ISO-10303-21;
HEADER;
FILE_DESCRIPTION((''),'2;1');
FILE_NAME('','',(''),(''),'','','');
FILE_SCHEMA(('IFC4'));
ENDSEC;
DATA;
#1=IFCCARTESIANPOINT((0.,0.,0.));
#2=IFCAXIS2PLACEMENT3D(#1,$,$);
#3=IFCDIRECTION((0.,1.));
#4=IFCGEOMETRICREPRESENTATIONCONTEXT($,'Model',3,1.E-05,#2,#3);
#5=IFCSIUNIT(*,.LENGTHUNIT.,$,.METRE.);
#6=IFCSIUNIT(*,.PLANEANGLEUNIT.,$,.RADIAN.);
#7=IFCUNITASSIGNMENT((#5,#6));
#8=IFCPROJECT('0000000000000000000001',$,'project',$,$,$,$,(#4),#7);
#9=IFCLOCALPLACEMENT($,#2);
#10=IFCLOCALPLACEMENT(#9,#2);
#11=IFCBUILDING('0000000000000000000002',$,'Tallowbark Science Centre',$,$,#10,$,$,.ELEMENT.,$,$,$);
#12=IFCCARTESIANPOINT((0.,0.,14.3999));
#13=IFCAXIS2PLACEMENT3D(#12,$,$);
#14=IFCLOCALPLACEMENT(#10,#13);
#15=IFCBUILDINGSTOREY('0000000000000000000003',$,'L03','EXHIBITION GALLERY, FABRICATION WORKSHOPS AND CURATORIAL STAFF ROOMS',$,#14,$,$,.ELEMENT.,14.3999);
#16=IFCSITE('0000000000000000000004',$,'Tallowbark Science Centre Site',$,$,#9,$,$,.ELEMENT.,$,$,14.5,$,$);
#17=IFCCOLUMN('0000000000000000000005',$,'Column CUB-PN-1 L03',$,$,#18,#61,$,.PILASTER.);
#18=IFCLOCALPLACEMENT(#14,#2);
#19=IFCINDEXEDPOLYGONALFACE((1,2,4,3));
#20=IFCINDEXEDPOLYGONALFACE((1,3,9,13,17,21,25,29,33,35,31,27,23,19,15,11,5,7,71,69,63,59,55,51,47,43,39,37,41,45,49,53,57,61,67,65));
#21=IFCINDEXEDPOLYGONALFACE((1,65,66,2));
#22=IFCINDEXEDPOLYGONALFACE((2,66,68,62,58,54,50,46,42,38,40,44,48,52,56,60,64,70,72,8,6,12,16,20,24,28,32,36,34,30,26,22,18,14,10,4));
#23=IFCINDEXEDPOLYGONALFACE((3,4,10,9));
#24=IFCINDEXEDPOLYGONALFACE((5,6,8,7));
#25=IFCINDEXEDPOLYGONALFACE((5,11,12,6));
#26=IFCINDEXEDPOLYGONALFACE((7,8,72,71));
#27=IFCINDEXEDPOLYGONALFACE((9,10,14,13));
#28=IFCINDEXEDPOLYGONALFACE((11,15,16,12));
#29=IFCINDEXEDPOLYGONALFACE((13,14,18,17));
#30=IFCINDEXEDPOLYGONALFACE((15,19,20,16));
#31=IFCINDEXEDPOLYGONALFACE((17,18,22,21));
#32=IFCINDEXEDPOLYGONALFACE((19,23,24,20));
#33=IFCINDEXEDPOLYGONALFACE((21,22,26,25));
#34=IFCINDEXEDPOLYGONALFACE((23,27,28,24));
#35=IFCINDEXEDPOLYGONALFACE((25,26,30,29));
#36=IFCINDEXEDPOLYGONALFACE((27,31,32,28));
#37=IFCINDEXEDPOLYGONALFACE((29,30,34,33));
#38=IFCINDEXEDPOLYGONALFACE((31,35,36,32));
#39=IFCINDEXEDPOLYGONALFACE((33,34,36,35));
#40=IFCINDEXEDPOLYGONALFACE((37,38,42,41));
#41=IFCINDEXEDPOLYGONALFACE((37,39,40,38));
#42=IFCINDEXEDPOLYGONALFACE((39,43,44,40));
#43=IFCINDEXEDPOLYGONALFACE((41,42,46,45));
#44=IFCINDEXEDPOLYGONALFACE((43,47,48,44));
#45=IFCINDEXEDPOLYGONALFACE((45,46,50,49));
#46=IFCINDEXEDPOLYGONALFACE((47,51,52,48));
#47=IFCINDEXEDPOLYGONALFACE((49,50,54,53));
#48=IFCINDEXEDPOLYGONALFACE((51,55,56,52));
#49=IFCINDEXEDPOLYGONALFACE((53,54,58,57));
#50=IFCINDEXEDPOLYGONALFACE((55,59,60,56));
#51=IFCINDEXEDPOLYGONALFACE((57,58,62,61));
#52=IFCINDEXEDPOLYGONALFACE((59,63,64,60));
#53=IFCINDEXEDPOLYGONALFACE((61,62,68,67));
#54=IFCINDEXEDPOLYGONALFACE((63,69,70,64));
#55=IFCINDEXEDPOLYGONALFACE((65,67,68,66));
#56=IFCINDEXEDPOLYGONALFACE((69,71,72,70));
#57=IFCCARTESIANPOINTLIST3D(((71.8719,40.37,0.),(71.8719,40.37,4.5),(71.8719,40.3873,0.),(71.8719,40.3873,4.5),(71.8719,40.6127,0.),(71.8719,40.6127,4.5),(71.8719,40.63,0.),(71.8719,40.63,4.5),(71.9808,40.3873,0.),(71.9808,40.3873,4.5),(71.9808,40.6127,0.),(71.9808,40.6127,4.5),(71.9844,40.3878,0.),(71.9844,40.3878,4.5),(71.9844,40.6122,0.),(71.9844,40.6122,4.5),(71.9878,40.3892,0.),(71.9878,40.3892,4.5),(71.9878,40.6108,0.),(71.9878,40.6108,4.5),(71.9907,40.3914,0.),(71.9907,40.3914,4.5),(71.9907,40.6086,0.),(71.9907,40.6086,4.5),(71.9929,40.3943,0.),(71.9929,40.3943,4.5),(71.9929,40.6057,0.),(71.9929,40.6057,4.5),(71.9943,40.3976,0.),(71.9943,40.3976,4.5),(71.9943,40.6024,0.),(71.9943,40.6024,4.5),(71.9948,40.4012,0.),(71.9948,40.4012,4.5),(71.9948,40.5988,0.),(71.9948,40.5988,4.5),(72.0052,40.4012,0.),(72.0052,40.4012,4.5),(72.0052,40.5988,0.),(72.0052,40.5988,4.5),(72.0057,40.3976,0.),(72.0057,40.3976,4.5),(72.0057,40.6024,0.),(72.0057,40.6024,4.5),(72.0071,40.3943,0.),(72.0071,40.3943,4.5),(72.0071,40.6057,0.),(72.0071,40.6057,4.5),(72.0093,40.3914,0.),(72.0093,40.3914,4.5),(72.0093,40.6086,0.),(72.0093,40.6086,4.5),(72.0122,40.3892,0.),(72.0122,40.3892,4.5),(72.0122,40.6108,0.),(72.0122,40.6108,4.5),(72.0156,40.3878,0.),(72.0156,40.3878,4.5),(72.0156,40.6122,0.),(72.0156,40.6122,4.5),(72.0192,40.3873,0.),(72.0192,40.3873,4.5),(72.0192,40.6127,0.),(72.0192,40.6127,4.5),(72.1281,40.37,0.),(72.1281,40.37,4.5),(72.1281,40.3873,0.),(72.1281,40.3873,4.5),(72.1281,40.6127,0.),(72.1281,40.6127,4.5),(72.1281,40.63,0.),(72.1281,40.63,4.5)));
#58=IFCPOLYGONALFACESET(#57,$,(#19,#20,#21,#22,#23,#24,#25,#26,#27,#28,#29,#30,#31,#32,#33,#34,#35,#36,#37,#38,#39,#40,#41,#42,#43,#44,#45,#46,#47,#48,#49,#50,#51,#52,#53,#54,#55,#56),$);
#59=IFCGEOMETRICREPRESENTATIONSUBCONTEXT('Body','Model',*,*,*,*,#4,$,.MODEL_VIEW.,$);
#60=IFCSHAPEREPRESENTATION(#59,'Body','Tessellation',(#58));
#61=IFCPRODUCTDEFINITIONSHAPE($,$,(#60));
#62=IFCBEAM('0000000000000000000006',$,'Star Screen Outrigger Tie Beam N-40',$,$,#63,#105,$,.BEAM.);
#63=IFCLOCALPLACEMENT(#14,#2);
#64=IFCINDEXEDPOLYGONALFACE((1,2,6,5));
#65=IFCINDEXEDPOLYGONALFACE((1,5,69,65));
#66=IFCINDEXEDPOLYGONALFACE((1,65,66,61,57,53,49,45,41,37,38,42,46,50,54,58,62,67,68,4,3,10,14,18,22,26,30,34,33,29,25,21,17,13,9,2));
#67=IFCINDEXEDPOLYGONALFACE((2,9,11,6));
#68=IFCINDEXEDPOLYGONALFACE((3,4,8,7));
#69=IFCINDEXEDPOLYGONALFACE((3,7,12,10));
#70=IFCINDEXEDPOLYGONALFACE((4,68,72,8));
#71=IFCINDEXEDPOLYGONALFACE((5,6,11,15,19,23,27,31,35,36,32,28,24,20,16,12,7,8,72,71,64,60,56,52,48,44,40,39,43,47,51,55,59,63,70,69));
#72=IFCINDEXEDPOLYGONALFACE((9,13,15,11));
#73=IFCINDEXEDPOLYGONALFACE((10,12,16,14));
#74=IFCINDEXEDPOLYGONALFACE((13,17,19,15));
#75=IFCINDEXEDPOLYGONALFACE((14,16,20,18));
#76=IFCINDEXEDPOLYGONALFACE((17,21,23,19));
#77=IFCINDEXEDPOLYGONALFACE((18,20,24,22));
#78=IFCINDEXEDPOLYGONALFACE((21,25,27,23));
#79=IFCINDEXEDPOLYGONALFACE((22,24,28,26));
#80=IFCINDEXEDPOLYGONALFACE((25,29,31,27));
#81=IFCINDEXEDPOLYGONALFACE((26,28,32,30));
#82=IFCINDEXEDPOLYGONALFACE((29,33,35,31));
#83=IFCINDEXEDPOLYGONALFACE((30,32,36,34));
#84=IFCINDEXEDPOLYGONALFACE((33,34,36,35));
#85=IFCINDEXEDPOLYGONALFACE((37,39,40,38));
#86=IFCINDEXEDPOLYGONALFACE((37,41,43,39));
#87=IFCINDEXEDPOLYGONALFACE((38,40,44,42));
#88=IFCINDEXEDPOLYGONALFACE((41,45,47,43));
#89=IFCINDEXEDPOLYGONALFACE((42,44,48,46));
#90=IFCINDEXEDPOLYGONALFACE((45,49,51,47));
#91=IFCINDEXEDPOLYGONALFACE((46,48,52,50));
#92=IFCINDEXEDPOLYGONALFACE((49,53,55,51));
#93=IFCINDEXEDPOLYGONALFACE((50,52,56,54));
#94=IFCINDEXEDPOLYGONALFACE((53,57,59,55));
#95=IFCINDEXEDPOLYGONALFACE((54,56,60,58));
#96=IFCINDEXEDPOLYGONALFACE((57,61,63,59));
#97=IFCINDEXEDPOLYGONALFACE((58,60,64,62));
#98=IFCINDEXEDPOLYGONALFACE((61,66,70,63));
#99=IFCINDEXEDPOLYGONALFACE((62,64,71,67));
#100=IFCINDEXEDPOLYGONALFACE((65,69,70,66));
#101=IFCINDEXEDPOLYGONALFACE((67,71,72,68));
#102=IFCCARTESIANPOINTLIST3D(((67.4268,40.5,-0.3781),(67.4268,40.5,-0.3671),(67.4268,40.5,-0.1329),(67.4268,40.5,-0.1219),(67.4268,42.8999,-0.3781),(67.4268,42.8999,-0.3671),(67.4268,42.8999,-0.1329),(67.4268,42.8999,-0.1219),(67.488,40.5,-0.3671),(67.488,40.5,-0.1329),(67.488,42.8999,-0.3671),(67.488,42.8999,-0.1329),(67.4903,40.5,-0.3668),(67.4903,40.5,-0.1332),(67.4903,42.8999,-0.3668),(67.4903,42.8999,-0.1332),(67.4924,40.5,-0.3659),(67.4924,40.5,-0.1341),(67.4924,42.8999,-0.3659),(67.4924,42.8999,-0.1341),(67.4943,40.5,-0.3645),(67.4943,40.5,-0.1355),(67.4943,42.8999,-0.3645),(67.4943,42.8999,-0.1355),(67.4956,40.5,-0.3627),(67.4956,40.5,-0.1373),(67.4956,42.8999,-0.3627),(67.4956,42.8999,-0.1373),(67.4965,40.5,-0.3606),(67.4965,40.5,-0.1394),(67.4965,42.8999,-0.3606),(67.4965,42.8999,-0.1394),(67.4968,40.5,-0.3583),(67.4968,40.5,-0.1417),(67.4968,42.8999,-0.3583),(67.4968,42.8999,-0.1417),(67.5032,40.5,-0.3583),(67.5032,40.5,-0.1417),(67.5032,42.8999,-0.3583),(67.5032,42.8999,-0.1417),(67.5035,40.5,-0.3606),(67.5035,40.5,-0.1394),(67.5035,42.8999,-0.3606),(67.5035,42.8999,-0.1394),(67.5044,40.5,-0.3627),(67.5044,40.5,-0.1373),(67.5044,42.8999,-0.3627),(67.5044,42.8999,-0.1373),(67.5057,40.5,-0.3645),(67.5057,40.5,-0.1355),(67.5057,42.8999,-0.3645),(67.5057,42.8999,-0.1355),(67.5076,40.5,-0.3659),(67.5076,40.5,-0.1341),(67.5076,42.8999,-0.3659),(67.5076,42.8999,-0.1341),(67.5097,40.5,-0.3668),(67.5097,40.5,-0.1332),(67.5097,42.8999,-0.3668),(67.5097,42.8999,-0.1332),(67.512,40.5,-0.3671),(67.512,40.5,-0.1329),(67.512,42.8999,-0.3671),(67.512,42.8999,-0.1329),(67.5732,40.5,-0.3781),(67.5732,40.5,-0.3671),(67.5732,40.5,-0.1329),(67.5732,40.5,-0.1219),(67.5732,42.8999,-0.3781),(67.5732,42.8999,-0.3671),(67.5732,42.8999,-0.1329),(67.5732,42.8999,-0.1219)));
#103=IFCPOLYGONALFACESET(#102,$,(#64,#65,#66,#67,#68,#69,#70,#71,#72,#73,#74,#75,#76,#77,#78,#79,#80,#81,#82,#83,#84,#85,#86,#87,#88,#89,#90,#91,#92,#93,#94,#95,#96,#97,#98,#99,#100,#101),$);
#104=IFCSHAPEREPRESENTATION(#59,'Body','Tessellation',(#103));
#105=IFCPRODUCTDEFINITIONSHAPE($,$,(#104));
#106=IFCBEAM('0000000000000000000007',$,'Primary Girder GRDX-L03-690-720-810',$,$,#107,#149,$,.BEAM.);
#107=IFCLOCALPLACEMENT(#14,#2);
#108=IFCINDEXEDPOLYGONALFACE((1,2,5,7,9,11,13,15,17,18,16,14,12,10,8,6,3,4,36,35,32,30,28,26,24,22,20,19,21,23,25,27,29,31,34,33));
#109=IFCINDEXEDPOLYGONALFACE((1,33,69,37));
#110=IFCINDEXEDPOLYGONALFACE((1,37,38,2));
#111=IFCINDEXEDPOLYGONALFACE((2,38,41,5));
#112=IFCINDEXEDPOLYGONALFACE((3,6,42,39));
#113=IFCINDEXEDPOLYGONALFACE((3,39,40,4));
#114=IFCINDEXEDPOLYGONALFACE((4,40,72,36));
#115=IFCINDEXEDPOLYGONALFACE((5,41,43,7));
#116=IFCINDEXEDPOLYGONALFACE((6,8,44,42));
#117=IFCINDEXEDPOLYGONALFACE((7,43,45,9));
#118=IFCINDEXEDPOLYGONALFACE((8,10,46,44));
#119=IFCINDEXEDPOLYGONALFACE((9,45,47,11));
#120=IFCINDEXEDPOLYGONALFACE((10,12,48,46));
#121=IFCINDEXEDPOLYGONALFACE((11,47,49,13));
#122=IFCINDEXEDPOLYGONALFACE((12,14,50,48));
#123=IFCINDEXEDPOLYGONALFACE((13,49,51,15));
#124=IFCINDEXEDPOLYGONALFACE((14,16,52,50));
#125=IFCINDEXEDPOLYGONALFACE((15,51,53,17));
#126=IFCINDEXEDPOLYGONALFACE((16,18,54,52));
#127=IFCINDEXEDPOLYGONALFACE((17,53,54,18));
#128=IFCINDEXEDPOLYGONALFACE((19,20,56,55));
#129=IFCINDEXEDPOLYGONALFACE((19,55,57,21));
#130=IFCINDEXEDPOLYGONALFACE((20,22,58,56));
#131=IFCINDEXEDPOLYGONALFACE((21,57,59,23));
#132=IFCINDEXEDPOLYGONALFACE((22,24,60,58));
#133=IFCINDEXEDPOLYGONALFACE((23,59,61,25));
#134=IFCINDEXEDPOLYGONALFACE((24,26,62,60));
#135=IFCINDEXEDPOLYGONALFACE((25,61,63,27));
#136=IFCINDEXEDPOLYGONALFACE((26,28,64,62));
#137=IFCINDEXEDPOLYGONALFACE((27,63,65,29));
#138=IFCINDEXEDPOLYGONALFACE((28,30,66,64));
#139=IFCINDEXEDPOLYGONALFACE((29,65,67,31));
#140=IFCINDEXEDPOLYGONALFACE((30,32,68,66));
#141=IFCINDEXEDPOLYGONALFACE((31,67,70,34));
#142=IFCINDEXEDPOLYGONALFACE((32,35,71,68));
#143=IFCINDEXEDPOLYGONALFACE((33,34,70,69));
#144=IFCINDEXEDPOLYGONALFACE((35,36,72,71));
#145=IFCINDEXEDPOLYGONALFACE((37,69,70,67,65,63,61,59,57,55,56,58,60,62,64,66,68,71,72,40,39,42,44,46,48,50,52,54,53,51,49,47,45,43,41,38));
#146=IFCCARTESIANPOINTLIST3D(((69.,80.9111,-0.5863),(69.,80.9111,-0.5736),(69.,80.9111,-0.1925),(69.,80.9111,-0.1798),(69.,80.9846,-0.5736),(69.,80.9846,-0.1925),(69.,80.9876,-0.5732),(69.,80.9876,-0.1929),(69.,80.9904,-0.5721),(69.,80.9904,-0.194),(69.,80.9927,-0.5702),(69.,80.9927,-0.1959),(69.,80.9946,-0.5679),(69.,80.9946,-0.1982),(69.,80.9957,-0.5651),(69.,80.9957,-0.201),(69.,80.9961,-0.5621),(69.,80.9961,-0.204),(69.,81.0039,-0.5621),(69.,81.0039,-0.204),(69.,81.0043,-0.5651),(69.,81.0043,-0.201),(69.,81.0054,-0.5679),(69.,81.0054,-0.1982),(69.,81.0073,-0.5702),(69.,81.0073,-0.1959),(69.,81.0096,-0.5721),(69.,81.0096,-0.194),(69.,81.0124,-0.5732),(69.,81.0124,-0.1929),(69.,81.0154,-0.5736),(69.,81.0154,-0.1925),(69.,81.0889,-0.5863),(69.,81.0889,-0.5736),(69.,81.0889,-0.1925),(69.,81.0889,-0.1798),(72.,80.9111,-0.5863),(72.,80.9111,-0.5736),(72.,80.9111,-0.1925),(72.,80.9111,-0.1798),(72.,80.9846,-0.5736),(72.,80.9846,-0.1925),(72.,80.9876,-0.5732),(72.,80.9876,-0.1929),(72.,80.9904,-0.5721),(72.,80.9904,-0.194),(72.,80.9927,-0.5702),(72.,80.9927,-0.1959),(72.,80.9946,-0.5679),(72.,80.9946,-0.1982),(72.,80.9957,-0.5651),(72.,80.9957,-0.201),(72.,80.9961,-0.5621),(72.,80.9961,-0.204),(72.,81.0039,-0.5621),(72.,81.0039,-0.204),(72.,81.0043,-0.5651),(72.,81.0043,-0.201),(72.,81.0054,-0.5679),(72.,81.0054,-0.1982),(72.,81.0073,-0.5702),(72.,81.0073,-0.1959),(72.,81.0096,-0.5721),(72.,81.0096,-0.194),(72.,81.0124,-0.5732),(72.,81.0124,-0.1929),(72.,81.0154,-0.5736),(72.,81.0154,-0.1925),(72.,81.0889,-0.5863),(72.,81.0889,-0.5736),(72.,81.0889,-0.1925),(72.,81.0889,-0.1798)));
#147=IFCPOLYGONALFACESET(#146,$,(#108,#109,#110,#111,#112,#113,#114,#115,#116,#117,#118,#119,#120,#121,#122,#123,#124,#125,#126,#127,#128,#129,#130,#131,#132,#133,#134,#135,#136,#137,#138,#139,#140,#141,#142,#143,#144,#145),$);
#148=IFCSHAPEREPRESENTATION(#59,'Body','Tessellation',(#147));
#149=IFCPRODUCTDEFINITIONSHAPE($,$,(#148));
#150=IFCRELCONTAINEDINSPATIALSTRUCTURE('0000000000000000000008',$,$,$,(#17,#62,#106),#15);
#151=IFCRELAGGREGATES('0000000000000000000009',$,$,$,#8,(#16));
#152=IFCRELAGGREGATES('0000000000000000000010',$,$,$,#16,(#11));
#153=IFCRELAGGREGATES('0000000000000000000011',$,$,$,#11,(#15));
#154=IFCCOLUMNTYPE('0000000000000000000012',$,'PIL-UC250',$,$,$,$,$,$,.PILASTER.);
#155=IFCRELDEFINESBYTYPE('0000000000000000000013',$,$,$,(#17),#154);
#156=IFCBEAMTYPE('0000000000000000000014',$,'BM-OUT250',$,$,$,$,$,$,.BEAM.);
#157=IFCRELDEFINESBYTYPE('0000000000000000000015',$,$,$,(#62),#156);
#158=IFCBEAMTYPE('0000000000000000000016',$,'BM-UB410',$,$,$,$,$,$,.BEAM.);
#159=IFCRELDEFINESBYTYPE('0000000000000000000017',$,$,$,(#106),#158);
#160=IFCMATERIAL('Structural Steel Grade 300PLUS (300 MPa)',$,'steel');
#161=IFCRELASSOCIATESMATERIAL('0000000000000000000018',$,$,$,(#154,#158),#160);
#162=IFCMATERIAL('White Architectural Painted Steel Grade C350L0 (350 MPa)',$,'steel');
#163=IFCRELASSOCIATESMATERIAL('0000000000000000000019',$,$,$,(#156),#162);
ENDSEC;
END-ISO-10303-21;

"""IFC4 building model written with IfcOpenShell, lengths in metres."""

from ifc_helpers import new_model, si_unit, direction, frame, origin, origin_2d, place, context, subcontext, project, spatial, i_section, extrude, material, material_profile, profile_set, type_object, element, save


model = new_model("IFC4")

# Units and contexts
model_context = context("Model", 3, precision=1e-05, world=origin(), true_north=direction((0.0, 1.0)))
body_context = subcontext(model_context, "Body", "Model", "MODEL_VIEW")
ifc_project = project(units=[si_unit("LENGTHUNIT", "METRE"), si_unit("PLANEANGLEUNIT", "RADIAN")], contexts=[model_context])

# Site, building, storey
site_placement = place(None, origin())
site = spatial("IfcSite", under=ifc_project, at=site_placement, Name="Tallowbark Science Centre Site", CompositionType="ELEMENT", RefElevation=14.5)
building_placement = place(site_placement, origin())
building = spatial("IfcBuilding", under=site, at=building_placement, Name="Tallowbark Science Centre", CompositionType="ELEMENT")
storey_placement = place(building_placement, frame((0.0, 0.0, 14.3999)))
storey = spatial("IfcBuildingStorey", under=building, at=storey_placement, Name="L03", Description="EXHIBITION GALLERY, FABRICATION WORKSHOPS AND CURATORIAL STAFF ROOMS", CompositionType="ELEMENT", Elevation=14.3999)

# Column
ifc_material_1 = material(Name="White Architectural Painted Steel Grade C350L0 (350 MPa)", Category="steel")
ifc_material_2 = material(Name="Structural Steel Grade 300PLUS (300 MPa)", Category="steel")
ifc_material_profile_1 = material_profile(ifc_material_2, i_section(OverallWidth=0.2561, OverallDepth=0.26, WebThickness=0.0105, FlangeThickness=0.0173, FilletRadius=0.0139, at=origin_2d()), Name="250UC89.5")
ifc_profile_set_1 = profile_set([ifc_material_profile_1], Name="Structural Steel Grade 300PLUS (300 MPa)")
column_type_1 = type_object("IfcColumnType", Name="PIL-UC250", PredefinedType="PILASTER", material=ifc_profile_set_1)
column_1_placement = place(storey_placement, frame((72.0, 40.5, 0.0), z_axis=(0.0, 0.0, 1.0), x_axis=(1.0, 0.0, 0.0)))
element("IfcColumn", 1, at=column_1_placement, inside=storey, type_object=column_type_1, Name="Column CUB-PN-1 L03", PredefinedType="PILASTER", context=body_context, shape_type="SweptSolid", body=[
    extrude(i_section(OverallWidth=0.2561, OverallDepth=0.26, WebThickness=0.0105, FlangeThickness=0.0173, FilletRadius=0.0139, at=origin_2d()), origin(), (0.0, 0.0, 1.0), 4.5),
])

# Beams
ifc_material_profile_2 = material_profile(ifc_material_1, i_section(OverallWidth=0.1465, OverallDepth=0.2561, WebThickness=0.0063, FlangeThickness=0.011, FilletRadius=0.0088, at=origin_2d()), Name="250UB37.3")
ifc_profile_set_2 = profile_set([ifc_material_profile_2], Name="White Architectural Painted Steel Grade C350L0 (350 MPa)")
beam_type_1 = type_object("IfcBeamType", Name="BM-OUT250", PredefinedType="BEAM", material=ifc_profile_set_2)
beam_1_placement = place(storey_placement, frame((67.5, 40.5, -0.25), z_axis=(0.0, 1.0, 0.0), x_axis=(-1.0, 0.0, 0.0)))
element("IfcBeam", 2, at=beam_1_placement, inside=storey, type_object=beam_type_1, Name="Star Screen Outrigger Tie Beam N-40", PredefinedType="BEAM", context=body_context, shape_type="SweptSolid", body=[
    extrude(i_section(OverallWidth=0.1465, OverallDepth=0.2561, WebThickness=0.0063, FlangeThickness=0.011, FilletRadius=0.0088, at=origin_2d()), origin(), (0.0, 0.0, 1.0), 2.3999),
])
ifc_material_profile_3 = material_profile(ifc_material_2, i_section(OverallWidth=0.1777, OverallDepth=0.4065, WebThickness=0.0078, FlangeThickness=0.0127, FilletRadius=0.0115, at=origin_2d()), Name="410UB59.7")
ifc_profile_set_3 = profile_set([ifc_material_profile_3], Name="Structural Steel Grade 300PLUS (300 MPa)")
beam_type_2 = type_object("IfcBeamType", Name="BM-UB410", PredefinedType="BEAM", material=ifc_profile_set_3)
beam_2_placement = place(storey_placement, frame((69.0, 81.0, -0.3831), z_axis=(1.0, 0.0, 0.0), x_axis=(0.0, 1.0, 0.0)))
element("IfcBeam", 3, at=beam_2_placement, inside=storey, type_object=beam_type_2, Name="Primary Girder GRDX-L03-690-720-810", PredefinedType="BEAM", context=body_context, shape_type="SweptSolid", body=[
    extrude(i_section(OverallWidth=0.1777, OverallDepth=0.4065, WebThickness=0.0078, FlangeThickness=0.0127, FilletRadius=0.0115, at=origin_2d()), origin(), (0.0, 0.0, 1.0), 3.0),
])

save(model, "model.ifc")
